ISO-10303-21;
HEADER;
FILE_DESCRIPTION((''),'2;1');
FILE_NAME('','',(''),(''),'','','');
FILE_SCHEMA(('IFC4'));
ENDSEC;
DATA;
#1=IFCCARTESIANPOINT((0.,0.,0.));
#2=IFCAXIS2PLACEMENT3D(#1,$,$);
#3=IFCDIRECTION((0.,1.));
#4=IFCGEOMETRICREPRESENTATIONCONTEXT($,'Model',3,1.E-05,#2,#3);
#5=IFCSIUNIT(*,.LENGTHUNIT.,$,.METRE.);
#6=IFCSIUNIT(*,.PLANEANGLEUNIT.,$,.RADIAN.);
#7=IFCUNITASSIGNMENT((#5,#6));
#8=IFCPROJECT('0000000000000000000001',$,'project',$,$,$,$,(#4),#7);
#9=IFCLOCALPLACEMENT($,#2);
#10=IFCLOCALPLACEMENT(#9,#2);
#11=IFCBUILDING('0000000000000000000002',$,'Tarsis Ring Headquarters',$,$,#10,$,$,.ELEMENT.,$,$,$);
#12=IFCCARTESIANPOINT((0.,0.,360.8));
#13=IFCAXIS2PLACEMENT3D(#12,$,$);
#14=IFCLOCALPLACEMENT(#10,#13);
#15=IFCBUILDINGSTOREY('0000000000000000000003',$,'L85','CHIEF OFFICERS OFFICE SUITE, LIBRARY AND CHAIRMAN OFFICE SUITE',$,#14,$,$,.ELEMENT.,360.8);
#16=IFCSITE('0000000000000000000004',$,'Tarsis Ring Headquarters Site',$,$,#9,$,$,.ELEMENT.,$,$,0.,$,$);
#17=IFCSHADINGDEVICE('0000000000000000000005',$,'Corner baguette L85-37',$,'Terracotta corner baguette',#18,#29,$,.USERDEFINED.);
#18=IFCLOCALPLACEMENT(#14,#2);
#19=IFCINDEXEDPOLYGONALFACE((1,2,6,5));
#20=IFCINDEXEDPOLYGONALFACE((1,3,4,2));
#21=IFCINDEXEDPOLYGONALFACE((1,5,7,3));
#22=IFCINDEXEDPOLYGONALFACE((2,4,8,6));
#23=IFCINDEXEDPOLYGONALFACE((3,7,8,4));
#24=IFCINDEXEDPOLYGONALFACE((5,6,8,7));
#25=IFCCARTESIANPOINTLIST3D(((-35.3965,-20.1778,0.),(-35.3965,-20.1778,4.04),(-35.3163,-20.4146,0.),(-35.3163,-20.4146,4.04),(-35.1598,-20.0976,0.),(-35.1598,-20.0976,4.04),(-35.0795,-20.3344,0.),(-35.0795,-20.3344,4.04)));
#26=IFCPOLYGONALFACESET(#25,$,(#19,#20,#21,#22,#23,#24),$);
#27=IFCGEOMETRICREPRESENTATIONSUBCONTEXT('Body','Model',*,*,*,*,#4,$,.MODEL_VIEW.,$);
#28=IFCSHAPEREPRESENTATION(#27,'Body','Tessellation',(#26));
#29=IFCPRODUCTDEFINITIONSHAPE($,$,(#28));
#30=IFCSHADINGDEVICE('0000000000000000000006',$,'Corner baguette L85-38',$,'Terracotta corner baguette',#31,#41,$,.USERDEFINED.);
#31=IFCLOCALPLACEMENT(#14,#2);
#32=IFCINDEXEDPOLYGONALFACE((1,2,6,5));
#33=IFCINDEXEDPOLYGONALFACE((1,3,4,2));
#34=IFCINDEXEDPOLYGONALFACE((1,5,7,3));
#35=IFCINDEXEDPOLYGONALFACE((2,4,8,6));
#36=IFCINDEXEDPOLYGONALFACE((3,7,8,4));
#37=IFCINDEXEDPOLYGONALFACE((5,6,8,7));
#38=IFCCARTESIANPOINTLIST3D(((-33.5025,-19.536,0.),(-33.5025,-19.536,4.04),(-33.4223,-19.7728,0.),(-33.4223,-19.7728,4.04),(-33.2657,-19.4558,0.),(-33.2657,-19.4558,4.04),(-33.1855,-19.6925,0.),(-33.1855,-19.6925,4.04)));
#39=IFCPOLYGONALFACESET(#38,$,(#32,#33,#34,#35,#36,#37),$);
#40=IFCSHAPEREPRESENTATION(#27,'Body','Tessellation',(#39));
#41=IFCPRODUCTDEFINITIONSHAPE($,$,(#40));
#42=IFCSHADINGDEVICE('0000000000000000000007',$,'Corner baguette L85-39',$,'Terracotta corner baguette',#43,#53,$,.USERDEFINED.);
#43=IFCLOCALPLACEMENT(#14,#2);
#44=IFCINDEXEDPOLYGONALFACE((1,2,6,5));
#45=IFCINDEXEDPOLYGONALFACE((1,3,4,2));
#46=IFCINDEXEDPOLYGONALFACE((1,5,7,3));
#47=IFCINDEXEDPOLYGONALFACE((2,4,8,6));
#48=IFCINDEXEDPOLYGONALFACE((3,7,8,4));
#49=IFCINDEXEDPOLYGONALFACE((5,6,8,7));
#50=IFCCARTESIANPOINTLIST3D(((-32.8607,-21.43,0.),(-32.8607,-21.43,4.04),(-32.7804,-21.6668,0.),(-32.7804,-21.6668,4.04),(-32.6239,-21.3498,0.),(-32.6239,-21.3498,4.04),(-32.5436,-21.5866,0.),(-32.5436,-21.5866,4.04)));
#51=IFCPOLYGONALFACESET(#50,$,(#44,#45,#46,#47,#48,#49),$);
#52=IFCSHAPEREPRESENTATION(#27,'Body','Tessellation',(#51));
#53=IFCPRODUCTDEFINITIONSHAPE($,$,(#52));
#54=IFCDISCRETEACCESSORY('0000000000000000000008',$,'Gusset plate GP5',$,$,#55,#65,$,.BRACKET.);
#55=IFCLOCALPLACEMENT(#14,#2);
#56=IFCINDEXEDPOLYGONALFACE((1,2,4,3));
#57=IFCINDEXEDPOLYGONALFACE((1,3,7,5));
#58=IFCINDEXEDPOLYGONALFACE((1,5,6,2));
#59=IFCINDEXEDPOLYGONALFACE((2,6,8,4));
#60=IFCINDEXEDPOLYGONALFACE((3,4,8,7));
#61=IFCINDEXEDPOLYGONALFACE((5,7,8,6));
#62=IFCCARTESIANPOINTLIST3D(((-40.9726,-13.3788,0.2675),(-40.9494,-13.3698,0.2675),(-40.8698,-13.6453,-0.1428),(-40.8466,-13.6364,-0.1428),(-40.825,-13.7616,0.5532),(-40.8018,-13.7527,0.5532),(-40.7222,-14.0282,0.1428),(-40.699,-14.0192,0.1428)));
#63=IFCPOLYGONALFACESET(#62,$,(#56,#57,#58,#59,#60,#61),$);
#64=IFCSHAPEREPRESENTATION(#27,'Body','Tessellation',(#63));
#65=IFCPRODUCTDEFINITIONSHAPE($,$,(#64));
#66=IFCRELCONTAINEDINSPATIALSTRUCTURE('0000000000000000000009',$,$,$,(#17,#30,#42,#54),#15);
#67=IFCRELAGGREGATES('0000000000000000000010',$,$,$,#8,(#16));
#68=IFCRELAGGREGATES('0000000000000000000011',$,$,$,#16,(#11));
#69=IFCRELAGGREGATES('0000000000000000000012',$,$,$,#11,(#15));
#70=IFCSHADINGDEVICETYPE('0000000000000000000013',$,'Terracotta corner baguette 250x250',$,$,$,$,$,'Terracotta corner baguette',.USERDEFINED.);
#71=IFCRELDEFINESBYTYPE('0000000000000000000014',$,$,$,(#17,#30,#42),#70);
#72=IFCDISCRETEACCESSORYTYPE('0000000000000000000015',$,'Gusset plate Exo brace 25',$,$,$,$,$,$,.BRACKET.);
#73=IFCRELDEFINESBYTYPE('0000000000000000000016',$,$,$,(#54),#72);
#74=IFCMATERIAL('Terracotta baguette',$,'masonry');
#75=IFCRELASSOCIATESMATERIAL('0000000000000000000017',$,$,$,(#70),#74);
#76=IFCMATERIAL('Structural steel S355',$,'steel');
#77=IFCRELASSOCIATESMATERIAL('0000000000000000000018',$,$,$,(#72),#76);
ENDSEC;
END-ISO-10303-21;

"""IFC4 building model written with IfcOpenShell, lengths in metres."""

from ifc_helpers import new_model, si_unit, direction, frame, origin, origin_2d, place, context, subcontext, project, spatial, rectangle, extrude, material, material_profile, profile_set, type_object, element, save


model = new_model("IFC4")

# Units and contexts
model_context = context("Model", 3, precision=1e-05, world=origin(), true_north=direction((0.0, 1.0)))
body_context = subcontext(model_context, "Body", "Model", "MODEL_VIEW")
ifc_project = project(units=[si_unit("LENGTHUNIT", "METRE"), si_unit("PLANEANGLEUNIT", "RADIAN")], contexts=[model_context])

# Site, building, storey
site_placement = place(None, origin())
site = spatial("IfcSite", under=ifc_project, at=site_placement, Name="Tarsis Ring Headquarters Site", CompositionType="ELEMENT", RefElevation=0.0)
building_placement = place(site_placement, origin())
building = spatial("IfcBuilding", under=site, at=building_placement, Name="Tarsis Ring Headquarters", CompositionType="ELEMENT")
storey_placement = place(building_placement, frame((0.0, 0.0, 360.8)))
storey = spatial("IfcBuildingStorey", under=building, at=storey_placement, Name="L85", Description="CHIEF OFFICERS OFFICE SUITE, LIBRARY AND CHAIRMAN OFFICE SUITE", CompositionType="ELEMENT", Elevation=360.8)

# Shared definitions
ifc_material_1 = material(Name="Structural steel S355", Category="steel")

# Shading devices
ifc_material_2 = material(Name="Terracotta baguette", Category="masonry")
shading_device_type_1 = type_object("IfcShadingDeviceType", Name="Terracotta corner baguette 250x250", ElementType="Terracotta corner baguette", PredefinedType="USERDEFINED", material=ifc_material_2)
for number, where, z_axis, x_axis, name in (
    (1, (-35.238, -20.2561, 0.0), (0.0, 0.0, 1.0), (0.320944, -0.947098, 0.0), "Corner baguette L85-37"),
    (2, (-33.344, -19.6143, 0.0), (0.0, 0.0, 1.0), (0.947098, 0.320944, 0.0), "Corner baguette L85-38"),
    (3, (-32.7021, -21.5083, 0.0), (0.0, 0.0, 1.0), (0.320943, -0.947098, 0.0), "Corner baguette L85-39"),
):
    element("IfcShadingDevice", number, at=place(storey_placement, frame(where, z_axis=z_axis, x_axis=x_axis)), inside=storey, type_object=shading_device_type_1, Name=name, ObjectType="Terracotta corner baguette", PredefinedType="USERDEFINED", context=body_context, shape_type="SweptSolid", body=[
        extrude(rectangle(XDim=0.25, YDim=0.25, at=origin_2d()), origin(), (0.0, 0.0, 1.0), 4.04),
    ])

# Discrete accessory
ifc_material_profile_1 = material_profile(ifc_material_1, rectangle(XDim=0.0249, YDim=0.5, at=origin_2d()), Name="PL 25x500")
ifc_profile_set_1 = profile_set([ifc_material_profile_1], Name="Structural steel S355")
discrete_accessory_type = type_object("IfcDiscreteAccessoryType", Name="Gusset plate Exo brace 25", PredefinedType="BRACKET", material=ifc_profile_set_1)
discrete_accessory_placement = place(storey_placement, frame((-40.7844, -13.8323, 0.0), z_axis=(-0.205538, 0.533129, 0.820687), x_axis=(-0.933059, -0.359723, 0.0)))
element("IfcDiscreteAccessory", 4, at=discrete_accessory_placement, inside=storey, type_object=discrete_accessory_type, Name="Gusset plate GP5", PredefinedType="BRACKET", context=body_context, shape_type="SweptSolid", body=[
    extrude(rectangle(XDim=0.0249, YDim=0.5, at=origin_2d()), origin(), (0.0, 0.0, 1.0), 0.5),
])

save(model, "model.ifc")
